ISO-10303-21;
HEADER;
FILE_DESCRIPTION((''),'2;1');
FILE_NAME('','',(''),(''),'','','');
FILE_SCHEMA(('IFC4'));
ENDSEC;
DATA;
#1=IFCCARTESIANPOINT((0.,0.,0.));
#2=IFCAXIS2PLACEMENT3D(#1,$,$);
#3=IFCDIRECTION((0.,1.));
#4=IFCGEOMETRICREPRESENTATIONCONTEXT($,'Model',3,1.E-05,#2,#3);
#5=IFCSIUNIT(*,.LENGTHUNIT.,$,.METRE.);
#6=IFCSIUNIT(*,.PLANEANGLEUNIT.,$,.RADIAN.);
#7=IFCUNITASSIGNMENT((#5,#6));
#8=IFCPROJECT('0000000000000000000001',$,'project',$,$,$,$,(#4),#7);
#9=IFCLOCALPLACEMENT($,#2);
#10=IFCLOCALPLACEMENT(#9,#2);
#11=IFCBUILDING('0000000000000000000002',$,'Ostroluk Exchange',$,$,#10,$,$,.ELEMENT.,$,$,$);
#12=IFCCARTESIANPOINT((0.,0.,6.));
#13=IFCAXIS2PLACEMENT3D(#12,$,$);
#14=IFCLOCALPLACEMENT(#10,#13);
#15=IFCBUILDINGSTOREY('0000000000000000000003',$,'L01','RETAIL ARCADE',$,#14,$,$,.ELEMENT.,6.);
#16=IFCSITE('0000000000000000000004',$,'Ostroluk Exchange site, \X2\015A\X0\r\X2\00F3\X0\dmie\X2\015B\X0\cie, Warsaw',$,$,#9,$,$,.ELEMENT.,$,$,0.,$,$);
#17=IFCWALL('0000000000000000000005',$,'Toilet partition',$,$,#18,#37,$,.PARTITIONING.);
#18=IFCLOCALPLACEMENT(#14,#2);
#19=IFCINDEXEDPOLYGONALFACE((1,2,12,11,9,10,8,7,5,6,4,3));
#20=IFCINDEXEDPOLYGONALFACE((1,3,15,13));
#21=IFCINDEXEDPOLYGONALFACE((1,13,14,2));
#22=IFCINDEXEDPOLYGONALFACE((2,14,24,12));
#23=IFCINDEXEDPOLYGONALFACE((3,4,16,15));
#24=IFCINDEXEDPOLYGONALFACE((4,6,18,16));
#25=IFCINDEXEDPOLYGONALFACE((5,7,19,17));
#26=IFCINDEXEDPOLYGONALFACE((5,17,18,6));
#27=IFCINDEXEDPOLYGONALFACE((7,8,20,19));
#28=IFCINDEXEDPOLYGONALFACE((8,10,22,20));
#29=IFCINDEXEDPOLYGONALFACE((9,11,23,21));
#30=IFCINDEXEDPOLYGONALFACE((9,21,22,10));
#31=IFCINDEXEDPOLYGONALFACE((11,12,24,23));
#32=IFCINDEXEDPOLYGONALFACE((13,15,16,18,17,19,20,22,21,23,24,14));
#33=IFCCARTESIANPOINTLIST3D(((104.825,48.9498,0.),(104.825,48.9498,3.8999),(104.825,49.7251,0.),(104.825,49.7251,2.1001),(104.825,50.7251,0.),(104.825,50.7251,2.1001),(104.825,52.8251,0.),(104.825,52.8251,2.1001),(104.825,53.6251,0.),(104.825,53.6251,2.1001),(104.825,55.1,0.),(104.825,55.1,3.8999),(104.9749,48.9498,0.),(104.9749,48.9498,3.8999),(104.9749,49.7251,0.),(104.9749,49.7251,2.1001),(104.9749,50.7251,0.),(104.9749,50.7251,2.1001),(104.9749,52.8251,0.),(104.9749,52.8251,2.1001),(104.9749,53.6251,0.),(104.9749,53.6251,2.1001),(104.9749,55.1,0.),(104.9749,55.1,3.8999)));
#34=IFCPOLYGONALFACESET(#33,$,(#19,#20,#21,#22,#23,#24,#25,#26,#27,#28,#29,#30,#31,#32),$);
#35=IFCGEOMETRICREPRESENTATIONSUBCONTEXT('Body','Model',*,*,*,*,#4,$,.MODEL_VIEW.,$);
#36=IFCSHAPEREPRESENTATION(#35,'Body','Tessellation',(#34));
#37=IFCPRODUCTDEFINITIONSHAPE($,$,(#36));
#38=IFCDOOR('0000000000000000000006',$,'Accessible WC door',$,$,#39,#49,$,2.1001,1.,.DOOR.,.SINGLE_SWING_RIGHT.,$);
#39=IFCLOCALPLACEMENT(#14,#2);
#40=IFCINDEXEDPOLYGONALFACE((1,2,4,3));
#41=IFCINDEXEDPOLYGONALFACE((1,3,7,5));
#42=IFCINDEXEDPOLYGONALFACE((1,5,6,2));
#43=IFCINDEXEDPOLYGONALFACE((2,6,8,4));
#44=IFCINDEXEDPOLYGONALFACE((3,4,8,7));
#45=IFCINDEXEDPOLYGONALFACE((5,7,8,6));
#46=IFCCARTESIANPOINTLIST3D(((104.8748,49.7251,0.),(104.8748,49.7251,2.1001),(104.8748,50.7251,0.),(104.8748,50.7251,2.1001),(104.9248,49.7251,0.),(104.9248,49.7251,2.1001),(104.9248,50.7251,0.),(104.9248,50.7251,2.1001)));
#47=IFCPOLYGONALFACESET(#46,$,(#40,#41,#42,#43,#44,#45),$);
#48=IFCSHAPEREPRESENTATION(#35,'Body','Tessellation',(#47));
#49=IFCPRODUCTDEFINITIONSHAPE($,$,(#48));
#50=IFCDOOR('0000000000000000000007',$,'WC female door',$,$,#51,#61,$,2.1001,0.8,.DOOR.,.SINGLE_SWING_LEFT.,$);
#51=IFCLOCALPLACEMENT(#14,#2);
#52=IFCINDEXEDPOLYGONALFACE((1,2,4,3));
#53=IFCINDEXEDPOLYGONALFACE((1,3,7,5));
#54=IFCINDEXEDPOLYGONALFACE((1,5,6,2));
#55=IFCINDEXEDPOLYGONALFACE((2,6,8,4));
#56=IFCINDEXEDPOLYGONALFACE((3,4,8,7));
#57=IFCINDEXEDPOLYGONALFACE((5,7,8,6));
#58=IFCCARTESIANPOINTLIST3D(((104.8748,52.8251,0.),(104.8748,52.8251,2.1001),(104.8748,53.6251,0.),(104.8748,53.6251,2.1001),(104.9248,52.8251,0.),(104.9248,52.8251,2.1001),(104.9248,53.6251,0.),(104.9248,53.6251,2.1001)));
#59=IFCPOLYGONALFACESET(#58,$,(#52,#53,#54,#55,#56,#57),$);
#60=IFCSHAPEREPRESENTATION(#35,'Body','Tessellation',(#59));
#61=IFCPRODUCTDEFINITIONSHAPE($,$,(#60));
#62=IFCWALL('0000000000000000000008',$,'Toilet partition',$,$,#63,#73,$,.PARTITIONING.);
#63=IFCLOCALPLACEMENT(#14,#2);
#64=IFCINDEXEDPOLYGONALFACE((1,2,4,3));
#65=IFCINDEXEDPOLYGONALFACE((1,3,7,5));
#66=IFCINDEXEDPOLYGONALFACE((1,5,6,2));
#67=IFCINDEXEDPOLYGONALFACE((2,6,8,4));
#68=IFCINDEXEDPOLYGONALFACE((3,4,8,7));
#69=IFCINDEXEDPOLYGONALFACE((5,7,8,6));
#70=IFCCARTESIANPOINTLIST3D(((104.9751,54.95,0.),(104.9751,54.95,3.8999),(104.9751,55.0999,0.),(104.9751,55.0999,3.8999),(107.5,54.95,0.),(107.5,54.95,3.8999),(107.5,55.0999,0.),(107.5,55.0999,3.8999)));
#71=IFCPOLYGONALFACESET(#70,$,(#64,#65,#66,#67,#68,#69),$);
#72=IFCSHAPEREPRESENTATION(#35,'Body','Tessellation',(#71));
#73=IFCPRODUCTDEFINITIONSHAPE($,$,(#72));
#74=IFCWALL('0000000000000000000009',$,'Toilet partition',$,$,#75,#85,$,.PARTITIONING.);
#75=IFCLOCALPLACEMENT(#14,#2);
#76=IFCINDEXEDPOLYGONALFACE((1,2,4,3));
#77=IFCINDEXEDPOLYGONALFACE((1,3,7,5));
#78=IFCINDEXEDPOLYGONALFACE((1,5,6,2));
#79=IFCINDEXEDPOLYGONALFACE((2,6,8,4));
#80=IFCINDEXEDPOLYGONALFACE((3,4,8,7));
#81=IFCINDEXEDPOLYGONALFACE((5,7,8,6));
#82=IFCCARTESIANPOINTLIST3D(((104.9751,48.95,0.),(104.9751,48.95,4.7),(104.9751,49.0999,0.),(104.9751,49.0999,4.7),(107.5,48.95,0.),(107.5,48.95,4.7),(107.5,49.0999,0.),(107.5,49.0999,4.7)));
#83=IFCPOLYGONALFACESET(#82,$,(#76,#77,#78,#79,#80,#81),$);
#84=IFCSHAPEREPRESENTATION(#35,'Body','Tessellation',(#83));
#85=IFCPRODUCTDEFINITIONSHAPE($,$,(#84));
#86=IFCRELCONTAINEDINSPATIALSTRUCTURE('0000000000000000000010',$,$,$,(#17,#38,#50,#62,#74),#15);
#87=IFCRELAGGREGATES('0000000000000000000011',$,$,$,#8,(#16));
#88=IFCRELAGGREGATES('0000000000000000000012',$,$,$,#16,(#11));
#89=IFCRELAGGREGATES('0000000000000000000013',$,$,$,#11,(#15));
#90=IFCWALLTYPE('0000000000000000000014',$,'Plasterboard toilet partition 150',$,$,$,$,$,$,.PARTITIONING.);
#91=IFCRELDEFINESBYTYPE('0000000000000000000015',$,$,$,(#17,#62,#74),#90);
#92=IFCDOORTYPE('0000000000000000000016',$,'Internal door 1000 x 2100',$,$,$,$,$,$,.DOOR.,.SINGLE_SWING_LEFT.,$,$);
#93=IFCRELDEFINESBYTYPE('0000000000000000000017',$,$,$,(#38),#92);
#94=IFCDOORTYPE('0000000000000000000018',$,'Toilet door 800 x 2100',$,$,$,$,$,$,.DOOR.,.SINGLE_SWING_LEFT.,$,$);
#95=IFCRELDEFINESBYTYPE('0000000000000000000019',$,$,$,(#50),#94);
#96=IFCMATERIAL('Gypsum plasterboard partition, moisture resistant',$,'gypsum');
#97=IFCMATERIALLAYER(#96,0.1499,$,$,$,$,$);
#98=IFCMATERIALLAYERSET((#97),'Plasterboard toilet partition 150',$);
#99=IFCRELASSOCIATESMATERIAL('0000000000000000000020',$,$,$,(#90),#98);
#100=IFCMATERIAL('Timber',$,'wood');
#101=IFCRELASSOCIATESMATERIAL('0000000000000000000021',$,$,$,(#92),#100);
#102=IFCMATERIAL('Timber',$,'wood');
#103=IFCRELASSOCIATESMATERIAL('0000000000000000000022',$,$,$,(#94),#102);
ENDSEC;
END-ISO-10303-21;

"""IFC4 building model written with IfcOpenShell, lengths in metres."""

from ifc_helpers import new_model, si_unit, direction, frame, frame_2d, origin, place, context, subcontext, project, spatial, rectangle, extrude, material, layer, layer_set, type_object, element, fill, save


model = new_model("IFC4")

# Units and contexts
model_context = context("Model", 3, precision=1e-05, world=origin(), true_north=direction((0.0, 1.0)))
body_context = subcontext(model_context, "Body", "Model", "MODEL_VIEW")
ifc_project = project(units=[si_unit("LENGTHUNIT", "METRE"), si_unit("PLANEANGLEUNIT", "RADIAN")], contexts=[model_context])

# Site, building, storey
site_placement = place(None, origin())
site = spatial("IfcSite", under=ifc_project, at=site_placement, Name="Ostroluk Exchange site, Śródmieście, Warsaw", CompositionType="ELEMENT", RefElevation=0.0)
building_placement = place(site_placement, origin())
building = spatial("IfcBuilding", under=site, at=building_placement, Name="Ostroluk Exchange", CompositionType="ELEMENT")
storey_placement = place(building_placement, frame((0.0, 0.0, 6.0)))
storey = spatial("IfcBuildingStorey", under=building, at=storey_placement, Name="L01", Description="RETAIL ARCADE", CompositionType="ELEMENT", Elevation=6.0)

# Wall, openings, doors
ifc_material_1 = material(Name="Gypsum plasterboard partition, moisture resistant", Category="gypsum")
ifc_layer_1 = layer(ifc_material_1, 0.1499)
ifc_layer_set_1 = layer_set([ifc_layer_1], Name="Plasterboard toilet partition 150")
wall_type_1 = type_object("IfcWallType", Name="Plasterboard toilet partition 150", PredefinedType="PARTITIONING", material=ifc_layer_set_1)
wall_1_placement = place(storey_placement, frame((104.8999, 55.1001, 0.0), z_axis=(0.0, 0.0, 1.0), x_axis=(0.0, -1.0, 0.0)))
wall_1 = element("IfcWall", 1, at=wall_1_placement, inside=storey, type_object=wall_type_1, Name="Toilet partition", PredefinedType="PARTITIONING", context=body_context, shape_type="SweptSolid", body=[
    extrude(rectangle(XDim=6.1501, YDim=0.1499, at=frame_2d((3.0752, 0.0))), origin(), (0.0, 0.0, 1.0), 3.8999),
])
opening_1_placement = place(wall_1_placement, frame((1.4751, 0.0, 0.0)))
opening_1 = element("IfcOpeningElement", 2, at=opening_1_placement, cuts=wall_1, PredefinedType="OPENING", context=body_context, shape_type="SweptSolid", body=[
    extrude(rectangle(XDim=0.8, YDim=2.1001, at=frame_2d((0.3999, 1.05))), frame((0.0, 0.085, 0.0), z_axis=(0.0, -1.0, 0.0), x_axis=(1.0, 0.0, 0.0)), (0.0, 0.0, 1.0), 0.1699),
])
opening_2_placement = place(wall_1_placement, frame((4.375, 0.0, 0.0)))
opening_2 = element("IfcOpeningElement", 3, at=opening_2_placement, cuts=wall_1, PredefinedType="OPENING", context=body_context, shape_type="SweptSolid", body=[
    extrude(rectangle(XDim=1.0, YDim=2.1001, at=frame_2d((0.5, 1.05))), frame((0.0, 0.085, 0.0), z_axis=(0.0, -1.0, 0.0), x_axis=(1.0, 0.0, 0.0)), (0.0, 0.0, 1.0), 0.1699),
])
ifc_material_2 = material(Name="Timber", Category="wood")
door_type_1 = type_object("IfcDoorType", Name="Internal door 1000 x 2100", OperationType="SINGLE_SWING_LEFT", PredefinedType="DOOR", material=ifc_material_2)
door_1_placement = place(opening_2_placement, origin())
door_1 = element("IfcDoor", 4, at=door_1_placement, inside=storey, type_object=door_type_1, Name="Accessible WC door", OperationType="SINGLE_SWING_RIGHT", OverallHeight=2.1001, OverallWidth=1.0, PredefinedType="DOOR", context=body_context, shape_type="SweptSolid", body=[
    extrude(rectangle(XDim=1.0, YDim=2.1001, at=frame_2d((0.5, 1.05))), frame((0.0, 0.0249, 0.0), z_axis=(0.0, -1.0, 0.0), x_axis=(1.0, 0.0, 0.0)), (0.0, 0.0, 1.0), 0.05),
])
fill(opening_2, door_1)
ifc_material_3 = material(Name="Timber", Category="wood")
door_type_2 = type_object("IfcDoorType", Name="Toilet door 800 x 2100", OperationType="SINGLE_SWING_LEFT", PredefinedType="DOOR", material=ifc_material_3)
door_2_placement = place(opening_1_placement, origin())
door_2 = element("IfcDoor", 5, at=door_2_placement, inside=storey, type_object=door_type_2, Name="WC female door", OperationType="SINGLE_SWING_LEFT", OverallHeight=2.1001, OverallWidth=0.8, PredefinedType="DOOR", context=body_context, shape_type="SweptSolid", body=[
    extrude(rectangle(XDim=0.8, YDim=2.1001, at=frame_2d((0.3999, 1.05))), frame((0.0, 0.0249, 0.0), z_axis=(0.0, -1.0, 0.0), x_axis=(1.0, 0.0, 0.0)), (0.0, 0.0, 1.0), 0.05),
])
fill(opening_1, door_2)

# Walls
wall_2_placement = place(storey_placement, frame((104.9751, 55.0249, 0.0), z_axis=(0.0, 0.0, 1.0), x_axis=(1.0, 0.0, 0.0)))
element("IfcWall", 6, at=wall_2_placement, inside=storey, type_object=wall_type_1, Name="Toilet partition", PredefinedType="PARTITIONING", context=body_context, shape_type="SweptSolid", body=[
    extrude(rectangle(XDim=2.5249, YDim=0.1499, at=frame_2d((1.2625, 0.0))), origin(), (0.0, 0.0, 1.0), 3.8999),
])
wall_3_placement = place(storey_placement, frame((104.9751, 49.0249, 0.0), z_axis=(0.0, 0.0, 1.0), x_axis=(1.0, 0.0, 0.0)))
element("IfcWall", 7, at=wall_3_placement, inside=storey, type_object=wall_type_1, Name="Toilet partition", PredefinedType="PARTITIONING", context=body_context, shape_type="SweptSolid", body=[
    extrude(rectangle(XDim=2.5249, YDim=0.1499, at=frame_2d((1.2625, 0.0))), origin(), (0.0, 0.0, 1.0), 4.7),
])

save(model, "model.ifc")
